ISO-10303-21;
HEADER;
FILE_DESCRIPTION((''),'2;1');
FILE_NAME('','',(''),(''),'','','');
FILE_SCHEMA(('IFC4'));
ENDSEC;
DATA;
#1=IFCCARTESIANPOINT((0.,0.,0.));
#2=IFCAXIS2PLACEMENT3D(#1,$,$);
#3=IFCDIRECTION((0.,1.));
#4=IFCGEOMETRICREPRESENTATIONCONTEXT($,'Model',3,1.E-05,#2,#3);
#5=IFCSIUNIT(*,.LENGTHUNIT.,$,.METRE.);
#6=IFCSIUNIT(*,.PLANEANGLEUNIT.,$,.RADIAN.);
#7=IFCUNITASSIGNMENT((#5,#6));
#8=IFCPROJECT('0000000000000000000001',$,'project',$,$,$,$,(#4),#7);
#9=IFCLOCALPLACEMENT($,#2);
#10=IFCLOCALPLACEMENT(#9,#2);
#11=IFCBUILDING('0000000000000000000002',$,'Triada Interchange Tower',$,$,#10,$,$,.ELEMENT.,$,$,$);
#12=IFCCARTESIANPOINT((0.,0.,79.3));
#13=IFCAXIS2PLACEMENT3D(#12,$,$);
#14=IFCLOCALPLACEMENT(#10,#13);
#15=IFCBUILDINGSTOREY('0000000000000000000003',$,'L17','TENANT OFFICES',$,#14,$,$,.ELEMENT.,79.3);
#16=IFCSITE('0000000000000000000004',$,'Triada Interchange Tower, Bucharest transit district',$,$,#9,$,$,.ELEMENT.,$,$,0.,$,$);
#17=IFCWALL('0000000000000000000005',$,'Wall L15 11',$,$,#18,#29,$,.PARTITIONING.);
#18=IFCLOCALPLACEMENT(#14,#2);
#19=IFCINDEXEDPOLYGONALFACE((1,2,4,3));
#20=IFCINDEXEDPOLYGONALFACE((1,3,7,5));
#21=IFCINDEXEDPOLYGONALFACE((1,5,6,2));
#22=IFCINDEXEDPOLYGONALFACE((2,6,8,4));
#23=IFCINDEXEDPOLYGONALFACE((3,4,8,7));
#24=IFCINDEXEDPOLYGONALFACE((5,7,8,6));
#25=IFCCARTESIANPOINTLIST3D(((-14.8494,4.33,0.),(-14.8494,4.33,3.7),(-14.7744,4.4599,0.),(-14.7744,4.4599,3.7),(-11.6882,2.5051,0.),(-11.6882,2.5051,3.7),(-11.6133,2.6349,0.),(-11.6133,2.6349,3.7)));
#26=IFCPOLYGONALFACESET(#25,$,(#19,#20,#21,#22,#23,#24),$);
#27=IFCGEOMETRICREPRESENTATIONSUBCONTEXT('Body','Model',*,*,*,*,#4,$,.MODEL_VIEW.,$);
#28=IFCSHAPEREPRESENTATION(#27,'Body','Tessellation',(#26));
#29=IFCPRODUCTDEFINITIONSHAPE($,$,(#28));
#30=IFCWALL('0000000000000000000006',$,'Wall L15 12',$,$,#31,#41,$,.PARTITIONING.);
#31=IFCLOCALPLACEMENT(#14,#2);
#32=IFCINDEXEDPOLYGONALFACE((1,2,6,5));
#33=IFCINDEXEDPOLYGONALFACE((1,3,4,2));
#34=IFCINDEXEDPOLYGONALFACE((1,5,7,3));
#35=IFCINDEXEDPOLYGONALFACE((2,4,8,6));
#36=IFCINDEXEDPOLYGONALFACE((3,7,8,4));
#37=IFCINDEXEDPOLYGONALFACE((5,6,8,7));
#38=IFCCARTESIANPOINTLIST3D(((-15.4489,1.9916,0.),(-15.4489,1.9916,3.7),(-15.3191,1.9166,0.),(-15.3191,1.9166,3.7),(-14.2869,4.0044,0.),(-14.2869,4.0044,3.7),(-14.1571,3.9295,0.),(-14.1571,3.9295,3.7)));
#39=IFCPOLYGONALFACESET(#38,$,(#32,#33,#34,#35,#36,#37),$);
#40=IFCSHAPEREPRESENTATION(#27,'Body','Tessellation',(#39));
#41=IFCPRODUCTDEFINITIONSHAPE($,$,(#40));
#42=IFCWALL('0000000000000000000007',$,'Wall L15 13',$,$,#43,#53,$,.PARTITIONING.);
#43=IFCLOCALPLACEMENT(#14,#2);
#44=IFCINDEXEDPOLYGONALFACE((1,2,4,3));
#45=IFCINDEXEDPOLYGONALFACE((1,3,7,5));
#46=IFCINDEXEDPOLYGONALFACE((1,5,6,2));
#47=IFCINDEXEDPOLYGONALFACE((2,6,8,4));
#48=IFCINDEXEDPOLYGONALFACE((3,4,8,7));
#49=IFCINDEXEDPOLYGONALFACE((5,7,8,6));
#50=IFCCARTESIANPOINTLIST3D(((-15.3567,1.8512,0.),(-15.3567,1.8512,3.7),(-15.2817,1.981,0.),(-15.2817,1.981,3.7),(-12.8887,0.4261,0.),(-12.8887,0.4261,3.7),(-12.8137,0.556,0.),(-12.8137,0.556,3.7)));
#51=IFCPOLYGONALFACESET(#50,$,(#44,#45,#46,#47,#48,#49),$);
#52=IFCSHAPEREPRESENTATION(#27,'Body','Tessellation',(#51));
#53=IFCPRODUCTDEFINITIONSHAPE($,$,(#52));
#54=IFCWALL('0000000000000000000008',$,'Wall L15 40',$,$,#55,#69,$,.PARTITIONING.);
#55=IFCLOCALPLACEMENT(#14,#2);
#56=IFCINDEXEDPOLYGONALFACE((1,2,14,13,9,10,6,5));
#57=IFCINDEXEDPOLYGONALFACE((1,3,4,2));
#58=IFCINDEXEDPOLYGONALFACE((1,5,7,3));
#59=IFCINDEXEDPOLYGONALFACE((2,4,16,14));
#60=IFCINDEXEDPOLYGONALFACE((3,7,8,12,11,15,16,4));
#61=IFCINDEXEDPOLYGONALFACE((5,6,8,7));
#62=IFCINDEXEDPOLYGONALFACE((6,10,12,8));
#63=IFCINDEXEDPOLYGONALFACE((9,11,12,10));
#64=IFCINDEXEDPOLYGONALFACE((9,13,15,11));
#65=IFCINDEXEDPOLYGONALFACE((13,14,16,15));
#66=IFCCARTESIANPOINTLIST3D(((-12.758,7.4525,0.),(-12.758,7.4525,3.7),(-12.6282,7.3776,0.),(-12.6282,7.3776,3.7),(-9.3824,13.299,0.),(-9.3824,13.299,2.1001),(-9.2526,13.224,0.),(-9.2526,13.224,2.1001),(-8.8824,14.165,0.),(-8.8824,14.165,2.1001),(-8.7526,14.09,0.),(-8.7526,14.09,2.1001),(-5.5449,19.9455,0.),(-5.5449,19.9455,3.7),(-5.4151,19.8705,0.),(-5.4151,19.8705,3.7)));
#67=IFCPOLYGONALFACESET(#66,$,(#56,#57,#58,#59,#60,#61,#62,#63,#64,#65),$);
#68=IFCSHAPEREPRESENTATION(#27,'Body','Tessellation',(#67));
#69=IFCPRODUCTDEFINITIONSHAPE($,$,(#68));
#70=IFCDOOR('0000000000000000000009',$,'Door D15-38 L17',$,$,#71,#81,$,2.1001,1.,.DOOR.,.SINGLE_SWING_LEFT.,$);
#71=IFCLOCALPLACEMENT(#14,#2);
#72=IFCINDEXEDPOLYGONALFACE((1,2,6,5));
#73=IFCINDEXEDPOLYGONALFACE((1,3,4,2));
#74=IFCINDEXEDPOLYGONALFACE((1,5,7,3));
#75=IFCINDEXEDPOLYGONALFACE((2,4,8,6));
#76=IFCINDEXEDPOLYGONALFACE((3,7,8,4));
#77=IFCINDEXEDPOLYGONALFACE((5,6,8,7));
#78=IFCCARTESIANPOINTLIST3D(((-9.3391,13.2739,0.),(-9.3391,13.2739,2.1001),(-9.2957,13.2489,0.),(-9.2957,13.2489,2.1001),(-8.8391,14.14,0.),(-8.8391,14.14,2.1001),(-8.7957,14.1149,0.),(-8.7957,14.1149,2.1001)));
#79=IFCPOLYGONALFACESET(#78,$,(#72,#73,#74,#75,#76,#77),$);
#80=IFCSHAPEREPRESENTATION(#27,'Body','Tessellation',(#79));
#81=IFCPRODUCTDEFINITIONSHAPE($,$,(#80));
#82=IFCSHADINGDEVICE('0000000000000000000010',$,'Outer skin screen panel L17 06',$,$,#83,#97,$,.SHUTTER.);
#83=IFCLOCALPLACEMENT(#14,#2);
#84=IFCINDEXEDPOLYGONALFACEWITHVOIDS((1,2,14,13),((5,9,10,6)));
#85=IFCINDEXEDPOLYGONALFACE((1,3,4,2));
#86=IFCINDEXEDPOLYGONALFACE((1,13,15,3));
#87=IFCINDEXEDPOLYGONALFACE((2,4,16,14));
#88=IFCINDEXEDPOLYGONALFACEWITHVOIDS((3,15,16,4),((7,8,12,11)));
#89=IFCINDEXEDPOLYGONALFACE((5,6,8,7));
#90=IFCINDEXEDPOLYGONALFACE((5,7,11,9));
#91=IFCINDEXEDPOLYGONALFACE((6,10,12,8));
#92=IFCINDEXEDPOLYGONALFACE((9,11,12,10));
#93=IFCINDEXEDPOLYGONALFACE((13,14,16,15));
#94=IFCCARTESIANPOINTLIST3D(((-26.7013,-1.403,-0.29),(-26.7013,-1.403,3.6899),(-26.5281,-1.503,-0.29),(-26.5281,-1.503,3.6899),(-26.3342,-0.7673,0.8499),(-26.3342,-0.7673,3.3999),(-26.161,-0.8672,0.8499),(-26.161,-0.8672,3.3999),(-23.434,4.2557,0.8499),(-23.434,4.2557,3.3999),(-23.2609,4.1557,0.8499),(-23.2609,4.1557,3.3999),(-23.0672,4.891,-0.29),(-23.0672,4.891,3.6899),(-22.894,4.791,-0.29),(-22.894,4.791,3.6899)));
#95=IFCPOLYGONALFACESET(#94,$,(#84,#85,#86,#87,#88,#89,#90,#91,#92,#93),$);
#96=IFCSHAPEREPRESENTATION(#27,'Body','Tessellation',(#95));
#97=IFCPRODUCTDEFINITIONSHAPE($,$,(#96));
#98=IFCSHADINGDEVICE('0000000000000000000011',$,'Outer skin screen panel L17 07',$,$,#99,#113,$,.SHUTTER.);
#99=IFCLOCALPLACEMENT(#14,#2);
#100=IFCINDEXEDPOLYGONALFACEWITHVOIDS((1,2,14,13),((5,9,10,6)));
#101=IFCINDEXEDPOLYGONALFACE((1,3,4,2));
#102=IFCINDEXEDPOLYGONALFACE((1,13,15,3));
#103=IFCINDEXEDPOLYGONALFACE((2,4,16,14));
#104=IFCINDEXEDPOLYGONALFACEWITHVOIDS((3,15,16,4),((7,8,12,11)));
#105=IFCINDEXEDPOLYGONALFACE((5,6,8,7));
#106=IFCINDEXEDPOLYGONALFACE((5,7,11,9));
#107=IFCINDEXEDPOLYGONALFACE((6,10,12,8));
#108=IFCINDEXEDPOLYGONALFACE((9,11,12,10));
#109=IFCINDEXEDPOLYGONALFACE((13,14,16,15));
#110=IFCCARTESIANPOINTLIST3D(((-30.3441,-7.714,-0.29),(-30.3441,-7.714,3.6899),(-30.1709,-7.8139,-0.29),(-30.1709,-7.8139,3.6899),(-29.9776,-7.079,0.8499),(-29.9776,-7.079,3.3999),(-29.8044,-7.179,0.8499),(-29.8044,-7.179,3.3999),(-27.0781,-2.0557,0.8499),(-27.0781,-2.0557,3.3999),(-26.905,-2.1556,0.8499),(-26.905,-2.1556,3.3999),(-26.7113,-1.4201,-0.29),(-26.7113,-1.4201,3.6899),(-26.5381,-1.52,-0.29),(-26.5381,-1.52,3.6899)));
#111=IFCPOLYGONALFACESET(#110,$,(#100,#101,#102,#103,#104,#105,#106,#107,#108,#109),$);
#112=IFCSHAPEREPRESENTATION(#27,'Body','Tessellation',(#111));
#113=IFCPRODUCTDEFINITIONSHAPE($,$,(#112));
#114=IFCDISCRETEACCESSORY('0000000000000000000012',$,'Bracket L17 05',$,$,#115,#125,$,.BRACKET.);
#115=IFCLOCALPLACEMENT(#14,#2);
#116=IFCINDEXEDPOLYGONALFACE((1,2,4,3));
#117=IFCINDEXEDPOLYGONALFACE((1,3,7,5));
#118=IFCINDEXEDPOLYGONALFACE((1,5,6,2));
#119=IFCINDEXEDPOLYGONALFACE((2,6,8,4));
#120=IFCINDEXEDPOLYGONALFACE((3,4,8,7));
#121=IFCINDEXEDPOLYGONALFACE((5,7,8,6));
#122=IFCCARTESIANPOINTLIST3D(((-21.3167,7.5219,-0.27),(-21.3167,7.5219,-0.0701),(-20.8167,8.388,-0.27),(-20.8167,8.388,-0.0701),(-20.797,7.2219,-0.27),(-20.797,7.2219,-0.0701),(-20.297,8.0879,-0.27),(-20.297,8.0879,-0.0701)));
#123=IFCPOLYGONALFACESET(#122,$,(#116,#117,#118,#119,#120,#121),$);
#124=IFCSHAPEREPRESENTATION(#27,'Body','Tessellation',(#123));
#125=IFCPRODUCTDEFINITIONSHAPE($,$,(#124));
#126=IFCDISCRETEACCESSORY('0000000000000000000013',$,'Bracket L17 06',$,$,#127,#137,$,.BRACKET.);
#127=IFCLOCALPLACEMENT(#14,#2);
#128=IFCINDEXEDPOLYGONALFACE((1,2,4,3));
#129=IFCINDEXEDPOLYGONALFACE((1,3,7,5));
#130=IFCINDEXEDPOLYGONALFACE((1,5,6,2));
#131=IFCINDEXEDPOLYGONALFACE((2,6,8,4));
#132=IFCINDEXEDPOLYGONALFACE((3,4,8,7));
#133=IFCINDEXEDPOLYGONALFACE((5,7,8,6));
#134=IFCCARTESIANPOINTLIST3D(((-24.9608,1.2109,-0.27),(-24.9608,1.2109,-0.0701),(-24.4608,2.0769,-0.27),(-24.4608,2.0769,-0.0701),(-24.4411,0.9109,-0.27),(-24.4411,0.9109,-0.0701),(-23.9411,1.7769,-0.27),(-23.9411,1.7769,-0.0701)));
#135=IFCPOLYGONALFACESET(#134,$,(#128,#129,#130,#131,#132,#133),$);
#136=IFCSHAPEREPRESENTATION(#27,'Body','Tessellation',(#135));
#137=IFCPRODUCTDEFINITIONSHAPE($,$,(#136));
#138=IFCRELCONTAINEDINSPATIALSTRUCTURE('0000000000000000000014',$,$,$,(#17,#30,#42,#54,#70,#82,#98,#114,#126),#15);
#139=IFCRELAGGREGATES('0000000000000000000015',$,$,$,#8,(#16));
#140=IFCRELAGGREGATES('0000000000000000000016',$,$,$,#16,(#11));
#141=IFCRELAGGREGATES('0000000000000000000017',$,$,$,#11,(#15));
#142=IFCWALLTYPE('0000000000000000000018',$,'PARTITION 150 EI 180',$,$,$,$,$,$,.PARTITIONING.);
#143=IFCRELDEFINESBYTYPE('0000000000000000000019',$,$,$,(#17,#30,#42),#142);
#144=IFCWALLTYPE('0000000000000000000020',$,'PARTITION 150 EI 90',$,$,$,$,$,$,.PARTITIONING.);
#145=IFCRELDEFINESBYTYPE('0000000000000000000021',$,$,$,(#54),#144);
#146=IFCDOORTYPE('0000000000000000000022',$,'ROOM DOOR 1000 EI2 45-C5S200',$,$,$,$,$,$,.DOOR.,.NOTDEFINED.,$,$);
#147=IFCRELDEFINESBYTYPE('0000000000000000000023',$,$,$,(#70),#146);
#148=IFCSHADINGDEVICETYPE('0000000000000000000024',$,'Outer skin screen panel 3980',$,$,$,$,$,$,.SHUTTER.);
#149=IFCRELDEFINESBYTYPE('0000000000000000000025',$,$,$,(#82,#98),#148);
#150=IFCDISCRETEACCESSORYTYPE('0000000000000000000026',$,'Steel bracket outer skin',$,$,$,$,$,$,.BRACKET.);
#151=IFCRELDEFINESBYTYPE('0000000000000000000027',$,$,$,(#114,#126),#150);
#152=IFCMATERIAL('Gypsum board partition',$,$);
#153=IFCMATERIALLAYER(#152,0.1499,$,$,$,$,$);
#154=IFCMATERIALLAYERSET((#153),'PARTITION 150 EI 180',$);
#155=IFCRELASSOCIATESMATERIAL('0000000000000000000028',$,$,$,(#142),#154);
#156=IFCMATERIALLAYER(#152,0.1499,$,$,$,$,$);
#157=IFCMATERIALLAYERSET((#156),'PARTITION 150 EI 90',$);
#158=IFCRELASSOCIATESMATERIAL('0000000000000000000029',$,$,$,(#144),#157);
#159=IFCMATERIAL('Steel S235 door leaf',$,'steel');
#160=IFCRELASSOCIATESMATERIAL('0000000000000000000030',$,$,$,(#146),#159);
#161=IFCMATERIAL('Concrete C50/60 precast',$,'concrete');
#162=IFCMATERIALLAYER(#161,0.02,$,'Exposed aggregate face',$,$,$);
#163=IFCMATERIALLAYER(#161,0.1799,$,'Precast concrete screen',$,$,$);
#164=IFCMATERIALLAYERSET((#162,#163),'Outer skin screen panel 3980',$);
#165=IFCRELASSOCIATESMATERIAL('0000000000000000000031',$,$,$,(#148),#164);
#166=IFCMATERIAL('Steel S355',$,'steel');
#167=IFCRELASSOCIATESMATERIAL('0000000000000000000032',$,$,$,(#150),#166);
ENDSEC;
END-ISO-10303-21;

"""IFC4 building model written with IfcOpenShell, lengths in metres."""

from ifc_helpers import new_model, si_unit, direction, frame, frame_2d, origin, origin_2d, place, context, subcontext, project, spatial, polyline, rectangle, outline, extrude, material, layer, layer_set, type_object, element, fill, save


model = new_model("IFC4")

# Units and contexts
model_context = context("Model", 3, precision=1e-05, world=origin(), true_north=direction((0.0, 1.0)))
body_context = subcontext(model_context, "Body", "Model", "MODEL_VIEW")
ifc_project = project(units=[si_unit("LENGTHUNIT", "METRE"), si_unit("PLANEANGLEUNIT", "RADIAN")], contexts=[model_context])

# Site, building, storey
site_placement = place(None, origin())
site = spatial("IfcSite", under=ifc_project, at=site_placement, Name="Triada Interchange Tower, Bucharest transit district", CompositionType="ELEMENT", RefElevation=0.0)
building_placement = place(site_placement, origin())
building = spatial("IfcBuilding", under=site, at=building_placement, Name="Triada Interchange Tower", CompositionType="ELEMENT")
storey_placement = place(building_placement, frame((0.0, 0.0, 79.3)))
storey = spatial("IfcBuildingStorey", under=building, at=storey_placement, Name="L17", Description="TENANT OFFICES", CompositionType="ELEMENT", Elevation=79.3)

# Shared definitions
ifc_material_1 = material(Name="Steel S235 door leaf", Category="steel")

# Walls
ifc_material_2 = material(Name="Gypsum board partition")
ifc_layer_1 = layer(ifc_material_2, 0.1499)
ifc_layer_set_1 = layer_set([ifc_layer_1], Name="PARTITION 150 EI 180")
wall_type_1 = type_object("IfcWallType", Name="PARTITION 150 EI 180", PredefinedType="PARTITIONING", material=ifc_layer_set_1)
wall_1_placement = place(storey_placement, frame((-14.812, 4.395, 0.0), z_axis=(0.0, 0.0, 1.0), x_axis=(0.866041, -0.499973, 0.0)))
element("IfcWall", 1, at=wall_1_placement, inside=storey, type_object=wall_type_1, Name="Wall L15 11", PredefinedType="PARTITIONING", context=body_context, shape_type="SweptSolid", body=[
    extrude(rectangle(XDim=3.6501, YDim=0.1499, at=frame_2d((1.8252, 0.0))), origin(), (0.0, 0.0, 1.0), 3.7),
])
wall_2_placement = place(storey_placement, frame((-15.384, 1.9541, 0.0), z_axis=(0.0, 0.0, 1.0), x_axis=(0.49998, 0.866037, 0.0)))
element("IfcWall", 2, at=wall_2_placement, inside=storey, type_object=wall_type_1, Name="Wall L15 12", PredefinedType="PARTITIONING", context=body_context, shape_type="SweptSolid", body=[
    extrude(rectangle(XDim=2.3242, YDim=0.1499, at=frame_2d((1.1621, 0.0))), origin(), (0.0, 0.0, 1.0), 3.7),
])
wall_3_placement = place(storey_placement, frame((-15.3191, 1.916, 0.0), z_axis=(0.0, 0.0, 1.0), x_axis=(0.866004, -0.500036, 0.0)))
element("IfcWall", 3, at=wall_3_placement, inside=storey, type_object=wall_type_1, Name="Wall L15 13", PredefinedType="PARTITIONING", context=body_context, shape_type="SweptSolid", body=[
    extrude(rectangle(XDim=2.8499, YDim=0.1499, at=frame_2d((1.4248, 0.0))), origin(), (0.0, 0.0, 1.0), 3.7),
])

# Wall, opening, door
ifc_layer_2 = layer(ifc_material_2, 0.1499)
ifc_layer_set_2 = layer_set([ifc_layer_2], Name="PARTITION 150 EI 90")
wall_type_2 = type_object("IfcWallType", Name="PARTITION 150 EI 90", PredefinedType="PARTITIONING", material=ifc_layer_set_2)
wall_4_placement = place(storey_placement, frame((-12.6931, 7.415, 0.0), z_axis=(0.0, 0.0, 1.0), x_axis=(0.500018, 0.866015, 0.0)))
wall_4 = element("IfcWall", 4, at=wall_4_placement, inside=storey, type_object=wall_type_2, Name="Wall L15 40", PredefinedType="PARTITIONING", context=body_context, shape_type="SweptSolid", body=[
    extrude(rectangle(XDim=14.4258, YDim=0.1499, at=frame_2d((7.2129, 0.0))), origin(), (0.0, 0.0, 1.0), 3.7),
])
opening_1_placement = place(wall_4_placement, frame((6.751, 0.0, 0.0)))
opening_1 = element("IfcOpeningElement", 5, at=opening_1_placement, cuts=wall_4, PredefinedType="OPENING", context=body_context, shape_type="SweptSolid", body=[
    extrude(rectangle(XDim=1.0, YDim=2.1001, at=frame_2d((0.5, 1.05))), frame((0.0, 0.085, 0.0), z_axis=(0.0, -1.0, 0.0), x_axis=(1.0, 0.0, 0.0)), (0.0, 0.0, 1.0), 0.1699),
])
door_type_1 = type_object("IfcDoorType", Name="ROOM DOOR 1000 EI2 45-C5S200", OperationType="NOTDEFINED", PredefinedType="DOOR", material=ifc_material_1)
door_1_placement = place(opening_1_placement, origin())
door_1 = element("IfcDoor", 6, at=door_1_placement, inside=storey, type_object=door_type_1, Name="Door D15-38 L17", OperationType="SINGLE_SWING_LEFT", OverallHeight=2.1001, OverallWidth=1.0, PredefinedType="DOOR", context=body_context, shape_type="SweptSolid", body=[
    extrude(rectangle(XDim=1.0, YDim=2.1001, at=frame_2d((0.5, 1.05))), frame((0.0, 0.0249, 0.0), z_axis=(0.0, -1.0, 0.0), x_axis=(1.0, 0.0, 0.0)), (0.0, 0.0, 1.0), 0.05),
])
fill(opening_1, door_1)

# Shading devices
ifc_material_3 = material(Name="Concrete C50/60 precast", Category="concrete")
ifc_layer_3 = layer(ifc_material_3, 0.02, Name="Exposed aggregate face")
ifc_layer_4 = layer(ifc_material_3, 0.1799, Name="Precast concrete screen")
ifc_layer_set_3 = layer_set([ifc_layer_3, ifc_layer_4], Name="Outer skin screen panel 3980")
shading_device_type = type_object("IfcShadingDeviceType", Name="Outer skin screen panel 3980", PredefinedType="SHUTTER", material=ifc_layer_set_3)
shading_device_1_placement = place(storey_placement, frame((-22.894, 4.791, -0.29), z_axis=(0.0, 0.0, 1.0), x_axis=(-0.500023, -0.866012, 0.0)))
element("IfcShadingDevice", 7, at=shading_device_1_placement, inside=storey, type_object=shading_device_type, Name="Outer skin screen panel L17 06", PredefinedType="SHUTTER", context=body_context, shape_type="SweptSolid", body=[
    extrude(outline(polyline([(0.0, 0.0), (7.2678, 0.0), (7.2678, 3.98), (0.0, 3.98), (0.0, 0.0)]), holes=[polyline([(0.7336, 1.1399), (0.7336, 3.6899), (6.5337, 3.6899), (6.5337, 1.1399), (0.7336, 1.1399)])]), frame((0.0, 0.0, 0.0), z_axis=(0.0, -1.0, 0.0), x_axis=(1.0, 0.0, 0.0)), (0.0, 0.0, 1.0), 0.2),
])
shading_device_2_placement = place(storey_placement, frame((-26.5381, -1.52, -0.29), z_axis=(0.0, 0.0, 1.0), x_axis=(-0.499897, -0.866085, 0.0)))
element("IfcShadingDevice", 8, at=shading_device_2_placement, inside=storey, type_object=shading_device_type, Name="Outer skin screen panel L17 07", PredefinedType="SHUTTER", context=body_context, shape_type="SweptSolid", body=[
    extrude(outline(polyline([(0.0, 0.0), (7.2671, 0.0), (7.2671, 3.98), (0.0, 3.98), (0.0, 0.0)]), holes=[polyline([(0.7339, 1.1399), (0.7339, 3.6899), (6.5339, 3.6899), (6.5339, 1.1399), (0.7339, 1.1399)])]), frame((0.0, 0.0, 0.0), z_axis=(0.0, -1.0, 0.0), x_axis=(1.0, 0.0, 0.0)), (0.0, 0.0, 1.0), 0.2),
])

# Discrete accessories
ifc_material_4 = material(Name="Steel S355", Category="steel")
discrete_accessory_type = type_object("IfcDiscreteAccessoryType", Name="Steel bracket outer skin", PredefinedType="BRACKET", material=ifc_material_4)
for number, where, z_axis, x_axis, name in (
    (9, (-20.8069, 7.8049, -0.27), (0.0, 0.0, 1.0), (-0.866027, 0.499997, 0.0), "Bracket L17 05"),
    (10, (-24.4509, 1.4939, -0.27), (0.0, 0.0, 1.0), (-0.866027, 0.499997, 0.0), "Bracket L17 06"),
):
    element("IfcDiscreteAccessory", number, at=place(storey_placement, frame(where, z_axis=z_axis, x_axis=x_axis)), inside=storey, type_object=discrete_accessory_type, Name=name, PredefinedType="BRACKET", context=body_context, shape_type="SweptSolid", body=[
        extrude(rectangle(XDim=0.6001, YDim=1.0, at=origin_2d()), origin(), (0.0, 0.0, 1.0), 0.2),
    ])

save(model, "model.ifc")
